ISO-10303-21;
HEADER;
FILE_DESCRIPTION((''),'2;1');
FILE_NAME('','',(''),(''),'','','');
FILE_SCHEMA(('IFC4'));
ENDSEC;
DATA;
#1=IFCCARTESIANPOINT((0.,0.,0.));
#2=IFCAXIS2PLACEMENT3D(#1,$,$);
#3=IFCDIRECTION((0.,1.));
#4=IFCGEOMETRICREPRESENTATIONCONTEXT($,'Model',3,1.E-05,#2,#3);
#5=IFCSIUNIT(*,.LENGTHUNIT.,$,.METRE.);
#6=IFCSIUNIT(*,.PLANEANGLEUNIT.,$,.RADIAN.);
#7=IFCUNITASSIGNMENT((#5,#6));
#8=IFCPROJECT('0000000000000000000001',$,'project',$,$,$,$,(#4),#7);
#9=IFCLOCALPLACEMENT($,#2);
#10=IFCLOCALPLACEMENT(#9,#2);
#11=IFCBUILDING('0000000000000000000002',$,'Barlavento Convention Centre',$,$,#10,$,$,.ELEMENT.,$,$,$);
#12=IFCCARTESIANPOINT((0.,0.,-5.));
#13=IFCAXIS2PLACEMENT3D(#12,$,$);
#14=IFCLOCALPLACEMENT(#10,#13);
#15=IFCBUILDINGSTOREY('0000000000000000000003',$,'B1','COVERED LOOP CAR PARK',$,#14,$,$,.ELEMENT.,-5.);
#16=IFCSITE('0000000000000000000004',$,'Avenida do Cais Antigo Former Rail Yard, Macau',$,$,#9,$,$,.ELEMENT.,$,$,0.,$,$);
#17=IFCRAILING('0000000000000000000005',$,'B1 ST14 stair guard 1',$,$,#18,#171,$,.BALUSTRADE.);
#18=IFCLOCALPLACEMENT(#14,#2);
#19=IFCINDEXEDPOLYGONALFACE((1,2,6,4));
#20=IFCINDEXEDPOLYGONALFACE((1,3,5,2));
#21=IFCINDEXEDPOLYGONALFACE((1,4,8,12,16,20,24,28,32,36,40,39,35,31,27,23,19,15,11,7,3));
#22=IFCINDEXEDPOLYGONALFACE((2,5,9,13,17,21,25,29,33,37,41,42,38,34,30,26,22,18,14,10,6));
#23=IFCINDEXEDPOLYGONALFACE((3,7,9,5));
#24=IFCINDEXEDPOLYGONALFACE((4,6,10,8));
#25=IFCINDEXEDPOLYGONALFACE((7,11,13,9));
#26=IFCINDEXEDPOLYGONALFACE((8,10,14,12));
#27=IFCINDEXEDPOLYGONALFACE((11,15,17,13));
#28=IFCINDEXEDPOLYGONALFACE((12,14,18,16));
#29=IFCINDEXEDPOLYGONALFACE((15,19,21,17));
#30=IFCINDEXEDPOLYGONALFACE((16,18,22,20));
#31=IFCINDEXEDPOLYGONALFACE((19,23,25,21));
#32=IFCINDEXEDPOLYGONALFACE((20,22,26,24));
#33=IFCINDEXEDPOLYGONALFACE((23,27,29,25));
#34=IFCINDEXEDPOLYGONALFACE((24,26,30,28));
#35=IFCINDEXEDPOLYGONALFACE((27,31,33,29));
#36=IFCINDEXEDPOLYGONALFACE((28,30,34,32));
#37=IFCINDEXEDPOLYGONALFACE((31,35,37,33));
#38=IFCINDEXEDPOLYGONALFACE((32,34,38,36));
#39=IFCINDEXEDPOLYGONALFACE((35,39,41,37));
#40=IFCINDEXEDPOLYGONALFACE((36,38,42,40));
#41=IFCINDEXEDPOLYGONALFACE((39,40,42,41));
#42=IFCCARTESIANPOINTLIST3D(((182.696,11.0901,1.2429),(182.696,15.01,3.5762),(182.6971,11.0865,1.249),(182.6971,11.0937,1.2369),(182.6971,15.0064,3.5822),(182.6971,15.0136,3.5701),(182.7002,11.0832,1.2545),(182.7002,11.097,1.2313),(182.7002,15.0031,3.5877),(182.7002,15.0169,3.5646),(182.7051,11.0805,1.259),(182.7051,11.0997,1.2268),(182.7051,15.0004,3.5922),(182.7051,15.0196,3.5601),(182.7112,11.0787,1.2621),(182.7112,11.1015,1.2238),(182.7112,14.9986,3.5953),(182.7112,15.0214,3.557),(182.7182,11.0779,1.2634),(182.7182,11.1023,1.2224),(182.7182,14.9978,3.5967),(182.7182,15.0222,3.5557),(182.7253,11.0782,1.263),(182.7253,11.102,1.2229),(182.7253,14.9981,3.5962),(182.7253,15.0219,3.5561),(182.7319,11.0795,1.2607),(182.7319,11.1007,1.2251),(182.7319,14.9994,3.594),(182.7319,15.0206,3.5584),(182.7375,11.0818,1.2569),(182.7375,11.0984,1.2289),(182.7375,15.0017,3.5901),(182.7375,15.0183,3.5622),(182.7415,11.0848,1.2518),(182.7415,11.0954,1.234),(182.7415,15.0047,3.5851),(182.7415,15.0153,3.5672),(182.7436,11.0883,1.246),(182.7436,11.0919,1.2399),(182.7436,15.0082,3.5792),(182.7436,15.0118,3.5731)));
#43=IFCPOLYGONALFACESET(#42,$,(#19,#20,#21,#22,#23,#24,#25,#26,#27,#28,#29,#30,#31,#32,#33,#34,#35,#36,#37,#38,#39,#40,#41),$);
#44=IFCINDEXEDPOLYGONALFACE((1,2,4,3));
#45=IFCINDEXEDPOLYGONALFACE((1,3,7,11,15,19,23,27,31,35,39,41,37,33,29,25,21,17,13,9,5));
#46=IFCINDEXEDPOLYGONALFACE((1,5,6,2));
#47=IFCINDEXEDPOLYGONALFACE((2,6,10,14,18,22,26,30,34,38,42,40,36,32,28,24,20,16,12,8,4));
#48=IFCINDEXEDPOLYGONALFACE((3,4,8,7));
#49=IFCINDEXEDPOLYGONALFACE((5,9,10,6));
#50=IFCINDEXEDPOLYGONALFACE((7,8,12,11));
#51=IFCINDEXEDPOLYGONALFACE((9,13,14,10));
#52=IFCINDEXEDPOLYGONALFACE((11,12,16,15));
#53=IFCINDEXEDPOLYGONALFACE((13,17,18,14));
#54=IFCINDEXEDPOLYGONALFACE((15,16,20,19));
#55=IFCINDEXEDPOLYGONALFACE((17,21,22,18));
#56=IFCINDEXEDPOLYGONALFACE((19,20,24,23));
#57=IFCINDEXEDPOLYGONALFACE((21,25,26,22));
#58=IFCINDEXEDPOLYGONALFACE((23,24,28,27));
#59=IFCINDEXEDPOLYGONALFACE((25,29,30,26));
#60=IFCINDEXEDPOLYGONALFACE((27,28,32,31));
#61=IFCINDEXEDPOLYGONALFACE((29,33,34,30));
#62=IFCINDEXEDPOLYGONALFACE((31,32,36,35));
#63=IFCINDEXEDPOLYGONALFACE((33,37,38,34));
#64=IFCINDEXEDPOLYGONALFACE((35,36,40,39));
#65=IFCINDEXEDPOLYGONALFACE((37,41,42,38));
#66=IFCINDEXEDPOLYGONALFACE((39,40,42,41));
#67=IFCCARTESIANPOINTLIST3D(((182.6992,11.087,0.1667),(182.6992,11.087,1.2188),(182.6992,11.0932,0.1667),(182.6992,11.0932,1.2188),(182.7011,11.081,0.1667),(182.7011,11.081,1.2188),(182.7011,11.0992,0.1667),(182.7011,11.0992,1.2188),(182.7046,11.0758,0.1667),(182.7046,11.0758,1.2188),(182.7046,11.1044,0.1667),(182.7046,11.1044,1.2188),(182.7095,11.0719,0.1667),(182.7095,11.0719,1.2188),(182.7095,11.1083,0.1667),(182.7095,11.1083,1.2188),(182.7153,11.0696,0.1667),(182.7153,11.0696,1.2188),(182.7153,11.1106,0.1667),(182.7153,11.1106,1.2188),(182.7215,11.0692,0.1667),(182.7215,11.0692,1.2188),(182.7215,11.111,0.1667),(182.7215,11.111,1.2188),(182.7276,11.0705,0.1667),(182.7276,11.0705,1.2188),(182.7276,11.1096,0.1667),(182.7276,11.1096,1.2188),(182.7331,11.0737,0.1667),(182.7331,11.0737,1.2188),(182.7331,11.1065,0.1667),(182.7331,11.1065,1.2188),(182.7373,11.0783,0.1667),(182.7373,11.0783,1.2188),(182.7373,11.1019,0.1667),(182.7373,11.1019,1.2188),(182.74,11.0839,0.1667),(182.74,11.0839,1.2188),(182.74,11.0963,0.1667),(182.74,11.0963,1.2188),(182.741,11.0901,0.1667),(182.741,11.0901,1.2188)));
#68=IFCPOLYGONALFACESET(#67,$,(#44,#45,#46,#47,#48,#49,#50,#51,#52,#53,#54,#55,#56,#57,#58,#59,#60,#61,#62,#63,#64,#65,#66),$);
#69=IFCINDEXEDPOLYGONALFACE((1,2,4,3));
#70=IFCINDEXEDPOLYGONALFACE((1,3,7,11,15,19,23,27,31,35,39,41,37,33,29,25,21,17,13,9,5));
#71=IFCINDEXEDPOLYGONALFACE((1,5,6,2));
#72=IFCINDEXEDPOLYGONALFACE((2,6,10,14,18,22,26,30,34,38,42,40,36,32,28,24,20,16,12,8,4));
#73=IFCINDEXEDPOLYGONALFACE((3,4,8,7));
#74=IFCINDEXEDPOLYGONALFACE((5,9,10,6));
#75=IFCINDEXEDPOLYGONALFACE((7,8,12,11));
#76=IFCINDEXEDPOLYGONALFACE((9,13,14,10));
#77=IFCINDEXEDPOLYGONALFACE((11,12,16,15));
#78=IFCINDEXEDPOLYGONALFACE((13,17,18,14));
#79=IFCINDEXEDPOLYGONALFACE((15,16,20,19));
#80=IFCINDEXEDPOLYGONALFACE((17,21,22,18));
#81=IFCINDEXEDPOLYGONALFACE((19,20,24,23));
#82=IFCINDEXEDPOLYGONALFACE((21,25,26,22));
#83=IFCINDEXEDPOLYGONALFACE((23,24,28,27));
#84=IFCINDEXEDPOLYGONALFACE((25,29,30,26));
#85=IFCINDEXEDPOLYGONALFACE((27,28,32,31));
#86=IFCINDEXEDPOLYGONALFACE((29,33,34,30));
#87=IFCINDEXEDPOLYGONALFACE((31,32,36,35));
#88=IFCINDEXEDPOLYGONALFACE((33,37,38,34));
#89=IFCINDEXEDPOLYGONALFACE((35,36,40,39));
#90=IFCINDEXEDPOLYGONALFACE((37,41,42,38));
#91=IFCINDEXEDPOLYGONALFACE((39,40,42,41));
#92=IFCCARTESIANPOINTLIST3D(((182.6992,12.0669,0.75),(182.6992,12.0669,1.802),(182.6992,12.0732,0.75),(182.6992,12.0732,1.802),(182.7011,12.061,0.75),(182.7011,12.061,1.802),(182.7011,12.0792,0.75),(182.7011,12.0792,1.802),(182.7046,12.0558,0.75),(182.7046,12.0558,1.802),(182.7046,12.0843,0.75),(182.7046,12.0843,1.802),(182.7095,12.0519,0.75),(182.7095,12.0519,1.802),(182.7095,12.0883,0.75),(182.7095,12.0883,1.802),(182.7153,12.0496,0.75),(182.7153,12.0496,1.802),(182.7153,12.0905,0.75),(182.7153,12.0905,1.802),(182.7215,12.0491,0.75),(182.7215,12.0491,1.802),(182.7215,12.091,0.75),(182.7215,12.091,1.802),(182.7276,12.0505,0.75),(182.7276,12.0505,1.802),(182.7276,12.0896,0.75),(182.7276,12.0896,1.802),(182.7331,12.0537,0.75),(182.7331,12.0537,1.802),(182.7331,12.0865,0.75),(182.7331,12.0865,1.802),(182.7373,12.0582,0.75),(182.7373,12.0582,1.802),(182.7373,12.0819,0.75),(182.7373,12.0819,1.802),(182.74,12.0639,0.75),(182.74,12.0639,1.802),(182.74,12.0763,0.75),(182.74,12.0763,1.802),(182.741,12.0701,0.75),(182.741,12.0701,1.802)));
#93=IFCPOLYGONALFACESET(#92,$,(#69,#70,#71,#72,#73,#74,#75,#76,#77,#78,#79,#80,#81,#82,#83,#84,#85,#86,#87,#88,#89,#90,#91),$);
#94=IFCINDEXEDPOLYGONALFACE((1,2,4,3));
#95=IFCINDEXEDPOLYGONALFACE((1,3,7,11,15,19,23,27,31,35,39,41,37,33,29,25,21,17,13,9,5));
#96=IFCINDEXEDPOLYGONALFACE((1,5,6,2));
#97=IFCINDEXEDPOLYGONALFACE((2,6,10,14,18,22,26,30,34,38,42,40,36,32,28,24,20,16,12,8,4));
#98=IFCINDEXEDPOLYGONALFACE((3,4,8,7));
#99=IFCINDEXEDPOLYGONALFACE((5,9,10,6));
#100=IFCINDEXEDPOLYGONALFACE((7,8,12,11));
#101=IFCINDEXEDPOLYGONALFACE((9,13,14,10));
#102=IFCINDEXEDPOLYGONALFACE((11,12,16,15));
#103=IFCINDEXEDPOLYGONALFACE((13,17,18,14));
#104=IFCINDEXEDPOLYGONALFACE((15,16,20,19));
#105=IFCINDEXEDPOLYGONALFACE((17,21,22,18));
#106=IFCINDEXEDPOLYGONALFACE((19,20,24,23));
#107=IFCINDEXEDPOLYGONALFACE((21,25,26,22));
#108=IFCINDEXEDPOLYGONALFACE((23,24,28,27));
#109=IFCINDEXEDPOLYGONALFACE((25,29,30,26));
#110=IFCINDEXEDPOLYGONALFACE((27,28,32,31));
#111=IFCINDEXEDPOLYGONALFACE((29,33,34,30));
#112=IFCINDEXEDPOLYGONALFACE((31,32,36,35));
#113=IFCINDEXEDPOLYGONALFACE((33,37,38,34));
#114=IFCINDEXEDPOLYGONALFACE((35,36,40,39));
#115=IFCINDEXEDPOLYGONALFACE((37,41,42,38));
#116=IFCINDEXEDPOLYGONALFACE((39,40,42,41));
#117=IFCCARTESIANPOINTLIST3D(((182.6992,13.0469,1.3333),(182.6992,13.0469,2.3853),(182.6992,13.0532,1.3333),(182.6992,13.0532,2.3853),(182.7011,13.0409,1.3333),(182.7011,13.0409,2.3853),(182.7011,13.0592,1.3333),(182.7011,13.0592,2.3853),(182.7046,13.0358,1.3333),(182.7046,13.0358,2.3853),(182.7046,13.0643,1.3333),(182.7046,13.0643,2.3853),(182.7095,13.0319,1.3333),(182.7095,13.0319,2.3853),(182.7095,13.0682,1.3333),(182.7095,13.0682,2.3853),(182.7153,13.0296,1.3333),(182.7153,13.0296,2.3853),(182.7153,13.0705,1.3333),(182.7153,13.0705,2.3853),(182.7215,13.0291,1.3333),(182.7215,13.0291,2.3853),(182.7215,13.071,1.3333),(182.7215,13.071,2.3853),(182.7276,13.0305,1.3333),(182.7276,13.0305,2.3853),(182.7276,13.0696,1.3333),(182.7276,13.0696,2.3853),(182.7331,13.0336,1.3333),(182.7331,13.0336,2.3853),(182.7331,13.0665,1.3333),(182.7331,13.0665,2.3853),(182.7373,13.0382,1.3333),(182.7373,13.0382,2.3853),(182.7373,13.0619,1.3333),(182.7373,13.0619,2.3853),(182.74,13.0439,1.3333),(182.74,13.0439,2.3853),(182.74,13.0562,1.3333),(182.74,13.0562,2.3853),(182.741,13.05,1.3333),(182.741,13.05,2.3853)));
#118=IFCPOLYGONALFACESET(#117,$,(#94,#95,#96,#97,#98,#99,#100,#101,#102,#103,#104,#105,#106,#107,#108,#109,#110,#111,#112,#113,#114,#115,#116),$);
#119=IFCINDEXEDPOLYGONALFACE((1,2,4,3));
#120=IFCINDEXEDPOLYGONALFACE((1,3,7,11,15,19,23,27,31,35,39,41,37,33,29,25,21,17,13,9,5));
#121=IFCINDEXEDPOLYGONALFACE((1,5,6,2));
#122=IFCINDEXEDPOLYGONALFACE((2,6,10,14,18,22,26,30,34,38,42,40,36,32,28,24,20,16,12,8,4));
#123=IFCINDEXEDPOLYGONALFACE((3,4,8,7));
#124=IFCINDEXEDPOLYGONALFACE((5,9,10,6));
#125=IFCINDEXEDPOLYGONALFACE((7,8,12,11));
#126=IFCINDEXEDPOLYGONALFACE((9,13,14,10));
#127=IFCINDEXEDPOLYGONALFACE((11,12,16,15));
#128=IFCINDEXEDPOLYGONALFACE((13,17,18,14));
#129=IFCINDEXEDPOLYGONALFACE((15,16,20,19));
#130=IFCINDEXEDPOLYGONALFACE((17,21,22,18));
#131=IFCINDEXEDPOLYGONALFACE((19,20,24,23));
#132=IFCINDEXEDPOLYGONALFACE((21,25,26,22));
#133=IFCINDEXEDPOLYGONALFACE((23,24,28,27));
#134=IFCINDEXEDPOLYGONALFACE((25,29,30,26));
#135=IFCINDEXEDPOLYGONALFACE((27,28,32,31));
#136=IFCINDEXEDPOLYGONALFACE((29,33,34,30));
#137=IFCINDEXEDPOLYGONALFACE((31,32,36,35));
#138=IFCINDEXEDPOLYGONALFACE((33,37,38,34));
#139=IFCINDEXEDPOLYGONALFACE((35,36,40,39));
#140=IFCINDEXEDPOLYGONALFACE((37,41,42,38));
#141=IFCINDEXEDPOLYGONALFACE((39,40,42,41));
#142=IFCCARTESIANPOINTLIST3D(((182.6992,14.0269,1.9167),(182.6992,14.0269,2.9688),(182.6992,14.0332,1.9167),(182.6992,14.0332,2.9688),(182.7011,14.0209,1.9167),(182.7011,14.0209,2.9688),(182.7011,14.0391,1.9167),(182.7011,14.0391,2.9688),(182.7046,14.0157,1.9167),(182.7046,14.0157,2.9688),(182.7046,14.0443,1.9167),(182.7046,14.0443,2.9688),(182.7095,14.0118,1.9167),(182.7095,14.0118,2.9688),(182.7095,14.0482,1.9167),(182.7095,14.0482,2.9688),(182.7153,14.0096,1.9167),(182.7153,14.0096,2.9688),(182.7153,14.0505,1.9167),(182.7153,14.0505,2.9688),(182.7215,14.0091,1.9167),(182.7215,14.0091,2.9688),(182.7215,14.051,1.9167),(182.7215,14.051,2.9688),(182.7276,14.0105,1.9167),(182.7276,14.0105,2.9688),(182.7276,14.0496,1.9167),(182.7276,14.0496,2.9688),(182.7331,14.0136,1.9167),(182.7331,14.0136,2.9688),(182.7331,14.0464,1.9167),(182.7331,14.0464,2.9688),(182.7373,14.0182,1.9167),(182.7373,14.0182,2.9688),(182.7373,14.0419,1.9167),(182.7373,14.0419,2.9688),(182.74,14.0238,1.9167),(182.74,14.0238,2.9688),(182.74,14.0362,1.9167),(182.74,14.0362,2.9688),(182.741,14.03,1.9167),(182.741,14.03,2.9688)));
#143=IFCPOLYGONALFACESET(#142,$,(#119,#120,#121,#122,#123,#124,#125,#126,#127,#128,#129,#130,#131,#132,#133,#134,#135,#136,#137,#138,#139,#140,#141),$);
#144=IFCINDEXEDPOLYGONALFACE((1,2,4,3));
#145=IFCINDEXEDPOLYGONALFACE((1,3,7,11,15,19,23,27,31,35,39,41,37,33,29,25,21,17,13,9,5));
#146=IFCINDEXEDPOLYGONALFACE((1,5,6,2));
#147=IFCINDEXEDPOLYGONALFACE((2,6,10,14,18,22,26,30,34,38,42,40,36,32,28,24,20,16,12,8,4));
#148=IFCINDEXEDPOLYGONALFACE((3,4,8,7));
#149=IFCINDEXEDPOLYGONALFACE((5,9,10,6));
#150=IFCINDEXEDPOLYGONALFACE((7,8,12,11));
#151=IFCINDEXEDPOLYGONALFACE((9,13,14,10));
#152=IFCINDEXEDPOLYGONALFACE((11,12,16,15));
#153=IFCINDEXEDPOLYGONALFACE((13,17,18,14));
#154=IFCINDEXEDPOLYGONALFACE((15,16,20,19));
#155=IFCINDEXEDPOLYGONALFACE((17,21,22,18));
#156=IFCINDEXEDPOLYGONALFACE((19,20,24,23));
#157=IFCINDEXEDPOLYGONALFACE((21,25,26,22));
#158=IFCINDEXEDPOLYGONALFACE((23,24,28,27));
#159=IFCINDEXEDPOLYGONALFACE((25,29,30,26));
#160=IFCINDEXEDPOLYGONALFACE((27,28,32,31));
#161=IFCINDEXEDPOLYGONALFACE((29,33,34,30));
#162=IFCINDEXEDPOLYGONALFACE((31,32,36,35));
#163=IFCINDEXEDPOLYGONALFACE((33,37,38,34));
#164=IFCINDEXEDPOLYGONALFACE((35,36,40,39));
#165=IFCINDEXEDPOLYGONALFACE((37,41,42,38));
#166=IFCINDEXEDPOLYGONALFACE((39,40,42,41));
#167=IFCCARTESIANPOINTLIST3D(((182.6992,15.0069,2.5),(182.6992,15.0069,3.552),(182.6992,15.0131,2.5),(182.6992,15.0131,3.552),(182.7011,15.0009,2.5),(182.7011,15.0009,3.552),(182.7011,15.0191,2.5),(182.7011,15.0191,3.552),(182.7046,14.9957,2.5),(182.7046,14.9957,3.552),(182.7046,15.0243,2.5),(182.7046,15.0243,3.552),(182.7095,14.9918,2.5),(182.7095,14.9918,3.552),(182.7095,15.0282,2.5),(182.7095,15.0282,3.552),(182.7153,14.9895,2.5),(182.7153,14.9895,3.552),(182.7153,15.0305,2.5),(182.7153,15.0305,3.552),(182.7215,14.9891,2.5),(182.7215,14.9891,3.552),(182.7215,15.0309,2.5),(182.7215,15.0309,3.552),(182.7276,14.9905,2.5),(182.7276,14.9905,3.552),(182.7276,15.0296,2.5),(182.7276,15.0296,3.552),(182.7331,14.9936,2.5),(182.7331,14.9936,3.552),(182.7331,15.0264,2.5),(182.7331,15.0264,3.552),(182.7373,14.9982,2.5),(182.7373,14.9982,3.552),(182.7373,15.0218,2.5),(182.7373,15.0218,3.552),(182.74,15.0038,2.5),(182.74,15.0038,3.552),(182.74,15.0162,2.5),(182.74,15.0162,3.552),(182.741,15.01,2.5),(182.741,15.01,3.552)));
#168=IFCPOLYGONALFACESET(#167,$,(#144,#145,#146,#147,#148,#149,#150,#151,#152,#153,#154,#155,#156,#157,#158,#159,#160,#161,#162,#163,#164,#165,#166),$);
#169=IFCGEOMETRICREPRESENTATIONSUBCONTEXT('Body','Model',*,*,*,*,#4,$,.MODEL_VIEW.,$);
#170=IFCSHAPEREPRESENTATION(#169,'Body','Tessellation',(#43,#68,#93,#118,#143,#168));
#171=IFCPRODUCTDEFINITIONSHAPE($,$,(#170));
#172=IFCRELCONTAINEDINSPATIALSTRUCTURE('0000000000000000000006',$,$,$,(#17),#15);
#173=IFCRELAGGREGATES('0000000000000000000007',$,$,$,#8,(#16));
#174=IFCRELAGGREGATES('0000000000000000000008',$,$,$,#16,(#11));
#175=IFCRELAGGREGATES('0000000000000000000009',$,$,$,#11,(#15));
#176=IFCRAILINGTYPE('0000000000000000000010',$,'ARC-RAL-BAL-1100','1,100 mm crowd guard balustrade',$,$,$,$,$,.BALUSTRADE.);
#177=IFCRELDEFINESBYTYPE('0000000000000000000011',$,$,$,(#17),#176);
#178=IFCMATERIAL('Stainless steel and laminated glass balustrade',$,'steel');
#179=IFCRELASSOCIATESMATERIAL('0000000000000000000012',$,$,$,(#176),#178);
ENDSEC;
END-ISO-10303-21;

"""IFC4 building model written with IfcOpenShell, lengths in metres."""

from ifc_helpers import new_model, si_unit, direction, frame, origin, origin_2d, place, context, subcontext, project, spatial, circle, extrude, material, type_object, element, save


model = new_model("IFC4")

# Units and contexts
model_context = context("Model", 3, precision=1e-05, world=origin(), true_north=direction((0.0, 1.0)))
body_context = subcontext(model_context, "Body", "Model", "MODEL_VIEW")
ifc_project = project(units=[si_unit("LENGTHUNIT", "METRE"), si_unit("PLANEANGLEUNIT", "RADIAN")], contexts=[model_context])

# Site, building, storey
site_placement = place(None, origin())
site = spatial("IfcSite", under=ifc_project, at=site_placement, Name="Avenida do Cais Antigo Former Rail Yard, Macau", CompositionType="ELEMENT", RefElevation=0.0)
building_placement = place(site_placement, origin())
building = spatial("IfcBuilding", under=site, at=building_placement, Name="Barlavento Convention Centre", CompositionType="ELEMENT")
storey_placement = place(building_placement, frame((0.0, 0.0, -5.0)))
storey = spatial("IfcBuildingStorey", under=building, at=storey_placement, Name="B1", Description="COVERED LOOP CAR PARK", CompositionType="ELEMENT", Elevation=-5.0)

# Railing
ifc_material_1 = material(Name="Stainless steel and laminated glass balustrade", Category="steel")
railing_type_1 = type_object("IfcRailingType", Name="ARC-RAL-BAL-1100", Description="1,100 mm crowd guard balustrade", PredefinedType="BALUSTRADE", material=ifc_material_1)
railing_1_placement = place(storey_placement, frame((182.72, 11.0901, 0.1667)))
element("IfcRailing", 1, at=railing_1_placement, inside=storey, type_object=railing_type_1, Name="B1 ST14 stair guard 1", PredefinedType="BALUSTRADE", context=body_context, shape_type="SweptSolid", body=[
    extrude(circle(Radius=0.0239, at=origin_2d()), frame((0.0, 0.0, 1.0762), z_axis=(0.0, 0.859296, 0.511478), x_axis=(-1.0, 0.0, 0.0)), (0.0, 0.0, 1.0), 4.5618),
    extrude(circle(Radius=0.021, at=origin_2d()), origin(), (0.0, 0.0, 1.0), 1.052),
    extrude(circle(Radius=0.021, at=origin_2d()), frame((0.0, 0.98, 0.5833)), (0.0, 0.0, 1.0), 1.052),
    extrude(circle(Radius=0.021, at=origin_2d()), frame((0.0, 1.96, 1.1665)), (0.0, 0.0, 1.0), 1.052),
    extrude(circle(Radius=0.021, at=origin_2d()), frame((0.0, 2.9399, 1.75)), (0.0, 0.0, 1.0), 1.052),
    extrude(circle(Radius=0.021, at=origin_2d()), frame((0.0, 3.9199, 2.3333)), (0.0, 0.0, 1.0), 1.052),
])

save(model, "model.ifc")
